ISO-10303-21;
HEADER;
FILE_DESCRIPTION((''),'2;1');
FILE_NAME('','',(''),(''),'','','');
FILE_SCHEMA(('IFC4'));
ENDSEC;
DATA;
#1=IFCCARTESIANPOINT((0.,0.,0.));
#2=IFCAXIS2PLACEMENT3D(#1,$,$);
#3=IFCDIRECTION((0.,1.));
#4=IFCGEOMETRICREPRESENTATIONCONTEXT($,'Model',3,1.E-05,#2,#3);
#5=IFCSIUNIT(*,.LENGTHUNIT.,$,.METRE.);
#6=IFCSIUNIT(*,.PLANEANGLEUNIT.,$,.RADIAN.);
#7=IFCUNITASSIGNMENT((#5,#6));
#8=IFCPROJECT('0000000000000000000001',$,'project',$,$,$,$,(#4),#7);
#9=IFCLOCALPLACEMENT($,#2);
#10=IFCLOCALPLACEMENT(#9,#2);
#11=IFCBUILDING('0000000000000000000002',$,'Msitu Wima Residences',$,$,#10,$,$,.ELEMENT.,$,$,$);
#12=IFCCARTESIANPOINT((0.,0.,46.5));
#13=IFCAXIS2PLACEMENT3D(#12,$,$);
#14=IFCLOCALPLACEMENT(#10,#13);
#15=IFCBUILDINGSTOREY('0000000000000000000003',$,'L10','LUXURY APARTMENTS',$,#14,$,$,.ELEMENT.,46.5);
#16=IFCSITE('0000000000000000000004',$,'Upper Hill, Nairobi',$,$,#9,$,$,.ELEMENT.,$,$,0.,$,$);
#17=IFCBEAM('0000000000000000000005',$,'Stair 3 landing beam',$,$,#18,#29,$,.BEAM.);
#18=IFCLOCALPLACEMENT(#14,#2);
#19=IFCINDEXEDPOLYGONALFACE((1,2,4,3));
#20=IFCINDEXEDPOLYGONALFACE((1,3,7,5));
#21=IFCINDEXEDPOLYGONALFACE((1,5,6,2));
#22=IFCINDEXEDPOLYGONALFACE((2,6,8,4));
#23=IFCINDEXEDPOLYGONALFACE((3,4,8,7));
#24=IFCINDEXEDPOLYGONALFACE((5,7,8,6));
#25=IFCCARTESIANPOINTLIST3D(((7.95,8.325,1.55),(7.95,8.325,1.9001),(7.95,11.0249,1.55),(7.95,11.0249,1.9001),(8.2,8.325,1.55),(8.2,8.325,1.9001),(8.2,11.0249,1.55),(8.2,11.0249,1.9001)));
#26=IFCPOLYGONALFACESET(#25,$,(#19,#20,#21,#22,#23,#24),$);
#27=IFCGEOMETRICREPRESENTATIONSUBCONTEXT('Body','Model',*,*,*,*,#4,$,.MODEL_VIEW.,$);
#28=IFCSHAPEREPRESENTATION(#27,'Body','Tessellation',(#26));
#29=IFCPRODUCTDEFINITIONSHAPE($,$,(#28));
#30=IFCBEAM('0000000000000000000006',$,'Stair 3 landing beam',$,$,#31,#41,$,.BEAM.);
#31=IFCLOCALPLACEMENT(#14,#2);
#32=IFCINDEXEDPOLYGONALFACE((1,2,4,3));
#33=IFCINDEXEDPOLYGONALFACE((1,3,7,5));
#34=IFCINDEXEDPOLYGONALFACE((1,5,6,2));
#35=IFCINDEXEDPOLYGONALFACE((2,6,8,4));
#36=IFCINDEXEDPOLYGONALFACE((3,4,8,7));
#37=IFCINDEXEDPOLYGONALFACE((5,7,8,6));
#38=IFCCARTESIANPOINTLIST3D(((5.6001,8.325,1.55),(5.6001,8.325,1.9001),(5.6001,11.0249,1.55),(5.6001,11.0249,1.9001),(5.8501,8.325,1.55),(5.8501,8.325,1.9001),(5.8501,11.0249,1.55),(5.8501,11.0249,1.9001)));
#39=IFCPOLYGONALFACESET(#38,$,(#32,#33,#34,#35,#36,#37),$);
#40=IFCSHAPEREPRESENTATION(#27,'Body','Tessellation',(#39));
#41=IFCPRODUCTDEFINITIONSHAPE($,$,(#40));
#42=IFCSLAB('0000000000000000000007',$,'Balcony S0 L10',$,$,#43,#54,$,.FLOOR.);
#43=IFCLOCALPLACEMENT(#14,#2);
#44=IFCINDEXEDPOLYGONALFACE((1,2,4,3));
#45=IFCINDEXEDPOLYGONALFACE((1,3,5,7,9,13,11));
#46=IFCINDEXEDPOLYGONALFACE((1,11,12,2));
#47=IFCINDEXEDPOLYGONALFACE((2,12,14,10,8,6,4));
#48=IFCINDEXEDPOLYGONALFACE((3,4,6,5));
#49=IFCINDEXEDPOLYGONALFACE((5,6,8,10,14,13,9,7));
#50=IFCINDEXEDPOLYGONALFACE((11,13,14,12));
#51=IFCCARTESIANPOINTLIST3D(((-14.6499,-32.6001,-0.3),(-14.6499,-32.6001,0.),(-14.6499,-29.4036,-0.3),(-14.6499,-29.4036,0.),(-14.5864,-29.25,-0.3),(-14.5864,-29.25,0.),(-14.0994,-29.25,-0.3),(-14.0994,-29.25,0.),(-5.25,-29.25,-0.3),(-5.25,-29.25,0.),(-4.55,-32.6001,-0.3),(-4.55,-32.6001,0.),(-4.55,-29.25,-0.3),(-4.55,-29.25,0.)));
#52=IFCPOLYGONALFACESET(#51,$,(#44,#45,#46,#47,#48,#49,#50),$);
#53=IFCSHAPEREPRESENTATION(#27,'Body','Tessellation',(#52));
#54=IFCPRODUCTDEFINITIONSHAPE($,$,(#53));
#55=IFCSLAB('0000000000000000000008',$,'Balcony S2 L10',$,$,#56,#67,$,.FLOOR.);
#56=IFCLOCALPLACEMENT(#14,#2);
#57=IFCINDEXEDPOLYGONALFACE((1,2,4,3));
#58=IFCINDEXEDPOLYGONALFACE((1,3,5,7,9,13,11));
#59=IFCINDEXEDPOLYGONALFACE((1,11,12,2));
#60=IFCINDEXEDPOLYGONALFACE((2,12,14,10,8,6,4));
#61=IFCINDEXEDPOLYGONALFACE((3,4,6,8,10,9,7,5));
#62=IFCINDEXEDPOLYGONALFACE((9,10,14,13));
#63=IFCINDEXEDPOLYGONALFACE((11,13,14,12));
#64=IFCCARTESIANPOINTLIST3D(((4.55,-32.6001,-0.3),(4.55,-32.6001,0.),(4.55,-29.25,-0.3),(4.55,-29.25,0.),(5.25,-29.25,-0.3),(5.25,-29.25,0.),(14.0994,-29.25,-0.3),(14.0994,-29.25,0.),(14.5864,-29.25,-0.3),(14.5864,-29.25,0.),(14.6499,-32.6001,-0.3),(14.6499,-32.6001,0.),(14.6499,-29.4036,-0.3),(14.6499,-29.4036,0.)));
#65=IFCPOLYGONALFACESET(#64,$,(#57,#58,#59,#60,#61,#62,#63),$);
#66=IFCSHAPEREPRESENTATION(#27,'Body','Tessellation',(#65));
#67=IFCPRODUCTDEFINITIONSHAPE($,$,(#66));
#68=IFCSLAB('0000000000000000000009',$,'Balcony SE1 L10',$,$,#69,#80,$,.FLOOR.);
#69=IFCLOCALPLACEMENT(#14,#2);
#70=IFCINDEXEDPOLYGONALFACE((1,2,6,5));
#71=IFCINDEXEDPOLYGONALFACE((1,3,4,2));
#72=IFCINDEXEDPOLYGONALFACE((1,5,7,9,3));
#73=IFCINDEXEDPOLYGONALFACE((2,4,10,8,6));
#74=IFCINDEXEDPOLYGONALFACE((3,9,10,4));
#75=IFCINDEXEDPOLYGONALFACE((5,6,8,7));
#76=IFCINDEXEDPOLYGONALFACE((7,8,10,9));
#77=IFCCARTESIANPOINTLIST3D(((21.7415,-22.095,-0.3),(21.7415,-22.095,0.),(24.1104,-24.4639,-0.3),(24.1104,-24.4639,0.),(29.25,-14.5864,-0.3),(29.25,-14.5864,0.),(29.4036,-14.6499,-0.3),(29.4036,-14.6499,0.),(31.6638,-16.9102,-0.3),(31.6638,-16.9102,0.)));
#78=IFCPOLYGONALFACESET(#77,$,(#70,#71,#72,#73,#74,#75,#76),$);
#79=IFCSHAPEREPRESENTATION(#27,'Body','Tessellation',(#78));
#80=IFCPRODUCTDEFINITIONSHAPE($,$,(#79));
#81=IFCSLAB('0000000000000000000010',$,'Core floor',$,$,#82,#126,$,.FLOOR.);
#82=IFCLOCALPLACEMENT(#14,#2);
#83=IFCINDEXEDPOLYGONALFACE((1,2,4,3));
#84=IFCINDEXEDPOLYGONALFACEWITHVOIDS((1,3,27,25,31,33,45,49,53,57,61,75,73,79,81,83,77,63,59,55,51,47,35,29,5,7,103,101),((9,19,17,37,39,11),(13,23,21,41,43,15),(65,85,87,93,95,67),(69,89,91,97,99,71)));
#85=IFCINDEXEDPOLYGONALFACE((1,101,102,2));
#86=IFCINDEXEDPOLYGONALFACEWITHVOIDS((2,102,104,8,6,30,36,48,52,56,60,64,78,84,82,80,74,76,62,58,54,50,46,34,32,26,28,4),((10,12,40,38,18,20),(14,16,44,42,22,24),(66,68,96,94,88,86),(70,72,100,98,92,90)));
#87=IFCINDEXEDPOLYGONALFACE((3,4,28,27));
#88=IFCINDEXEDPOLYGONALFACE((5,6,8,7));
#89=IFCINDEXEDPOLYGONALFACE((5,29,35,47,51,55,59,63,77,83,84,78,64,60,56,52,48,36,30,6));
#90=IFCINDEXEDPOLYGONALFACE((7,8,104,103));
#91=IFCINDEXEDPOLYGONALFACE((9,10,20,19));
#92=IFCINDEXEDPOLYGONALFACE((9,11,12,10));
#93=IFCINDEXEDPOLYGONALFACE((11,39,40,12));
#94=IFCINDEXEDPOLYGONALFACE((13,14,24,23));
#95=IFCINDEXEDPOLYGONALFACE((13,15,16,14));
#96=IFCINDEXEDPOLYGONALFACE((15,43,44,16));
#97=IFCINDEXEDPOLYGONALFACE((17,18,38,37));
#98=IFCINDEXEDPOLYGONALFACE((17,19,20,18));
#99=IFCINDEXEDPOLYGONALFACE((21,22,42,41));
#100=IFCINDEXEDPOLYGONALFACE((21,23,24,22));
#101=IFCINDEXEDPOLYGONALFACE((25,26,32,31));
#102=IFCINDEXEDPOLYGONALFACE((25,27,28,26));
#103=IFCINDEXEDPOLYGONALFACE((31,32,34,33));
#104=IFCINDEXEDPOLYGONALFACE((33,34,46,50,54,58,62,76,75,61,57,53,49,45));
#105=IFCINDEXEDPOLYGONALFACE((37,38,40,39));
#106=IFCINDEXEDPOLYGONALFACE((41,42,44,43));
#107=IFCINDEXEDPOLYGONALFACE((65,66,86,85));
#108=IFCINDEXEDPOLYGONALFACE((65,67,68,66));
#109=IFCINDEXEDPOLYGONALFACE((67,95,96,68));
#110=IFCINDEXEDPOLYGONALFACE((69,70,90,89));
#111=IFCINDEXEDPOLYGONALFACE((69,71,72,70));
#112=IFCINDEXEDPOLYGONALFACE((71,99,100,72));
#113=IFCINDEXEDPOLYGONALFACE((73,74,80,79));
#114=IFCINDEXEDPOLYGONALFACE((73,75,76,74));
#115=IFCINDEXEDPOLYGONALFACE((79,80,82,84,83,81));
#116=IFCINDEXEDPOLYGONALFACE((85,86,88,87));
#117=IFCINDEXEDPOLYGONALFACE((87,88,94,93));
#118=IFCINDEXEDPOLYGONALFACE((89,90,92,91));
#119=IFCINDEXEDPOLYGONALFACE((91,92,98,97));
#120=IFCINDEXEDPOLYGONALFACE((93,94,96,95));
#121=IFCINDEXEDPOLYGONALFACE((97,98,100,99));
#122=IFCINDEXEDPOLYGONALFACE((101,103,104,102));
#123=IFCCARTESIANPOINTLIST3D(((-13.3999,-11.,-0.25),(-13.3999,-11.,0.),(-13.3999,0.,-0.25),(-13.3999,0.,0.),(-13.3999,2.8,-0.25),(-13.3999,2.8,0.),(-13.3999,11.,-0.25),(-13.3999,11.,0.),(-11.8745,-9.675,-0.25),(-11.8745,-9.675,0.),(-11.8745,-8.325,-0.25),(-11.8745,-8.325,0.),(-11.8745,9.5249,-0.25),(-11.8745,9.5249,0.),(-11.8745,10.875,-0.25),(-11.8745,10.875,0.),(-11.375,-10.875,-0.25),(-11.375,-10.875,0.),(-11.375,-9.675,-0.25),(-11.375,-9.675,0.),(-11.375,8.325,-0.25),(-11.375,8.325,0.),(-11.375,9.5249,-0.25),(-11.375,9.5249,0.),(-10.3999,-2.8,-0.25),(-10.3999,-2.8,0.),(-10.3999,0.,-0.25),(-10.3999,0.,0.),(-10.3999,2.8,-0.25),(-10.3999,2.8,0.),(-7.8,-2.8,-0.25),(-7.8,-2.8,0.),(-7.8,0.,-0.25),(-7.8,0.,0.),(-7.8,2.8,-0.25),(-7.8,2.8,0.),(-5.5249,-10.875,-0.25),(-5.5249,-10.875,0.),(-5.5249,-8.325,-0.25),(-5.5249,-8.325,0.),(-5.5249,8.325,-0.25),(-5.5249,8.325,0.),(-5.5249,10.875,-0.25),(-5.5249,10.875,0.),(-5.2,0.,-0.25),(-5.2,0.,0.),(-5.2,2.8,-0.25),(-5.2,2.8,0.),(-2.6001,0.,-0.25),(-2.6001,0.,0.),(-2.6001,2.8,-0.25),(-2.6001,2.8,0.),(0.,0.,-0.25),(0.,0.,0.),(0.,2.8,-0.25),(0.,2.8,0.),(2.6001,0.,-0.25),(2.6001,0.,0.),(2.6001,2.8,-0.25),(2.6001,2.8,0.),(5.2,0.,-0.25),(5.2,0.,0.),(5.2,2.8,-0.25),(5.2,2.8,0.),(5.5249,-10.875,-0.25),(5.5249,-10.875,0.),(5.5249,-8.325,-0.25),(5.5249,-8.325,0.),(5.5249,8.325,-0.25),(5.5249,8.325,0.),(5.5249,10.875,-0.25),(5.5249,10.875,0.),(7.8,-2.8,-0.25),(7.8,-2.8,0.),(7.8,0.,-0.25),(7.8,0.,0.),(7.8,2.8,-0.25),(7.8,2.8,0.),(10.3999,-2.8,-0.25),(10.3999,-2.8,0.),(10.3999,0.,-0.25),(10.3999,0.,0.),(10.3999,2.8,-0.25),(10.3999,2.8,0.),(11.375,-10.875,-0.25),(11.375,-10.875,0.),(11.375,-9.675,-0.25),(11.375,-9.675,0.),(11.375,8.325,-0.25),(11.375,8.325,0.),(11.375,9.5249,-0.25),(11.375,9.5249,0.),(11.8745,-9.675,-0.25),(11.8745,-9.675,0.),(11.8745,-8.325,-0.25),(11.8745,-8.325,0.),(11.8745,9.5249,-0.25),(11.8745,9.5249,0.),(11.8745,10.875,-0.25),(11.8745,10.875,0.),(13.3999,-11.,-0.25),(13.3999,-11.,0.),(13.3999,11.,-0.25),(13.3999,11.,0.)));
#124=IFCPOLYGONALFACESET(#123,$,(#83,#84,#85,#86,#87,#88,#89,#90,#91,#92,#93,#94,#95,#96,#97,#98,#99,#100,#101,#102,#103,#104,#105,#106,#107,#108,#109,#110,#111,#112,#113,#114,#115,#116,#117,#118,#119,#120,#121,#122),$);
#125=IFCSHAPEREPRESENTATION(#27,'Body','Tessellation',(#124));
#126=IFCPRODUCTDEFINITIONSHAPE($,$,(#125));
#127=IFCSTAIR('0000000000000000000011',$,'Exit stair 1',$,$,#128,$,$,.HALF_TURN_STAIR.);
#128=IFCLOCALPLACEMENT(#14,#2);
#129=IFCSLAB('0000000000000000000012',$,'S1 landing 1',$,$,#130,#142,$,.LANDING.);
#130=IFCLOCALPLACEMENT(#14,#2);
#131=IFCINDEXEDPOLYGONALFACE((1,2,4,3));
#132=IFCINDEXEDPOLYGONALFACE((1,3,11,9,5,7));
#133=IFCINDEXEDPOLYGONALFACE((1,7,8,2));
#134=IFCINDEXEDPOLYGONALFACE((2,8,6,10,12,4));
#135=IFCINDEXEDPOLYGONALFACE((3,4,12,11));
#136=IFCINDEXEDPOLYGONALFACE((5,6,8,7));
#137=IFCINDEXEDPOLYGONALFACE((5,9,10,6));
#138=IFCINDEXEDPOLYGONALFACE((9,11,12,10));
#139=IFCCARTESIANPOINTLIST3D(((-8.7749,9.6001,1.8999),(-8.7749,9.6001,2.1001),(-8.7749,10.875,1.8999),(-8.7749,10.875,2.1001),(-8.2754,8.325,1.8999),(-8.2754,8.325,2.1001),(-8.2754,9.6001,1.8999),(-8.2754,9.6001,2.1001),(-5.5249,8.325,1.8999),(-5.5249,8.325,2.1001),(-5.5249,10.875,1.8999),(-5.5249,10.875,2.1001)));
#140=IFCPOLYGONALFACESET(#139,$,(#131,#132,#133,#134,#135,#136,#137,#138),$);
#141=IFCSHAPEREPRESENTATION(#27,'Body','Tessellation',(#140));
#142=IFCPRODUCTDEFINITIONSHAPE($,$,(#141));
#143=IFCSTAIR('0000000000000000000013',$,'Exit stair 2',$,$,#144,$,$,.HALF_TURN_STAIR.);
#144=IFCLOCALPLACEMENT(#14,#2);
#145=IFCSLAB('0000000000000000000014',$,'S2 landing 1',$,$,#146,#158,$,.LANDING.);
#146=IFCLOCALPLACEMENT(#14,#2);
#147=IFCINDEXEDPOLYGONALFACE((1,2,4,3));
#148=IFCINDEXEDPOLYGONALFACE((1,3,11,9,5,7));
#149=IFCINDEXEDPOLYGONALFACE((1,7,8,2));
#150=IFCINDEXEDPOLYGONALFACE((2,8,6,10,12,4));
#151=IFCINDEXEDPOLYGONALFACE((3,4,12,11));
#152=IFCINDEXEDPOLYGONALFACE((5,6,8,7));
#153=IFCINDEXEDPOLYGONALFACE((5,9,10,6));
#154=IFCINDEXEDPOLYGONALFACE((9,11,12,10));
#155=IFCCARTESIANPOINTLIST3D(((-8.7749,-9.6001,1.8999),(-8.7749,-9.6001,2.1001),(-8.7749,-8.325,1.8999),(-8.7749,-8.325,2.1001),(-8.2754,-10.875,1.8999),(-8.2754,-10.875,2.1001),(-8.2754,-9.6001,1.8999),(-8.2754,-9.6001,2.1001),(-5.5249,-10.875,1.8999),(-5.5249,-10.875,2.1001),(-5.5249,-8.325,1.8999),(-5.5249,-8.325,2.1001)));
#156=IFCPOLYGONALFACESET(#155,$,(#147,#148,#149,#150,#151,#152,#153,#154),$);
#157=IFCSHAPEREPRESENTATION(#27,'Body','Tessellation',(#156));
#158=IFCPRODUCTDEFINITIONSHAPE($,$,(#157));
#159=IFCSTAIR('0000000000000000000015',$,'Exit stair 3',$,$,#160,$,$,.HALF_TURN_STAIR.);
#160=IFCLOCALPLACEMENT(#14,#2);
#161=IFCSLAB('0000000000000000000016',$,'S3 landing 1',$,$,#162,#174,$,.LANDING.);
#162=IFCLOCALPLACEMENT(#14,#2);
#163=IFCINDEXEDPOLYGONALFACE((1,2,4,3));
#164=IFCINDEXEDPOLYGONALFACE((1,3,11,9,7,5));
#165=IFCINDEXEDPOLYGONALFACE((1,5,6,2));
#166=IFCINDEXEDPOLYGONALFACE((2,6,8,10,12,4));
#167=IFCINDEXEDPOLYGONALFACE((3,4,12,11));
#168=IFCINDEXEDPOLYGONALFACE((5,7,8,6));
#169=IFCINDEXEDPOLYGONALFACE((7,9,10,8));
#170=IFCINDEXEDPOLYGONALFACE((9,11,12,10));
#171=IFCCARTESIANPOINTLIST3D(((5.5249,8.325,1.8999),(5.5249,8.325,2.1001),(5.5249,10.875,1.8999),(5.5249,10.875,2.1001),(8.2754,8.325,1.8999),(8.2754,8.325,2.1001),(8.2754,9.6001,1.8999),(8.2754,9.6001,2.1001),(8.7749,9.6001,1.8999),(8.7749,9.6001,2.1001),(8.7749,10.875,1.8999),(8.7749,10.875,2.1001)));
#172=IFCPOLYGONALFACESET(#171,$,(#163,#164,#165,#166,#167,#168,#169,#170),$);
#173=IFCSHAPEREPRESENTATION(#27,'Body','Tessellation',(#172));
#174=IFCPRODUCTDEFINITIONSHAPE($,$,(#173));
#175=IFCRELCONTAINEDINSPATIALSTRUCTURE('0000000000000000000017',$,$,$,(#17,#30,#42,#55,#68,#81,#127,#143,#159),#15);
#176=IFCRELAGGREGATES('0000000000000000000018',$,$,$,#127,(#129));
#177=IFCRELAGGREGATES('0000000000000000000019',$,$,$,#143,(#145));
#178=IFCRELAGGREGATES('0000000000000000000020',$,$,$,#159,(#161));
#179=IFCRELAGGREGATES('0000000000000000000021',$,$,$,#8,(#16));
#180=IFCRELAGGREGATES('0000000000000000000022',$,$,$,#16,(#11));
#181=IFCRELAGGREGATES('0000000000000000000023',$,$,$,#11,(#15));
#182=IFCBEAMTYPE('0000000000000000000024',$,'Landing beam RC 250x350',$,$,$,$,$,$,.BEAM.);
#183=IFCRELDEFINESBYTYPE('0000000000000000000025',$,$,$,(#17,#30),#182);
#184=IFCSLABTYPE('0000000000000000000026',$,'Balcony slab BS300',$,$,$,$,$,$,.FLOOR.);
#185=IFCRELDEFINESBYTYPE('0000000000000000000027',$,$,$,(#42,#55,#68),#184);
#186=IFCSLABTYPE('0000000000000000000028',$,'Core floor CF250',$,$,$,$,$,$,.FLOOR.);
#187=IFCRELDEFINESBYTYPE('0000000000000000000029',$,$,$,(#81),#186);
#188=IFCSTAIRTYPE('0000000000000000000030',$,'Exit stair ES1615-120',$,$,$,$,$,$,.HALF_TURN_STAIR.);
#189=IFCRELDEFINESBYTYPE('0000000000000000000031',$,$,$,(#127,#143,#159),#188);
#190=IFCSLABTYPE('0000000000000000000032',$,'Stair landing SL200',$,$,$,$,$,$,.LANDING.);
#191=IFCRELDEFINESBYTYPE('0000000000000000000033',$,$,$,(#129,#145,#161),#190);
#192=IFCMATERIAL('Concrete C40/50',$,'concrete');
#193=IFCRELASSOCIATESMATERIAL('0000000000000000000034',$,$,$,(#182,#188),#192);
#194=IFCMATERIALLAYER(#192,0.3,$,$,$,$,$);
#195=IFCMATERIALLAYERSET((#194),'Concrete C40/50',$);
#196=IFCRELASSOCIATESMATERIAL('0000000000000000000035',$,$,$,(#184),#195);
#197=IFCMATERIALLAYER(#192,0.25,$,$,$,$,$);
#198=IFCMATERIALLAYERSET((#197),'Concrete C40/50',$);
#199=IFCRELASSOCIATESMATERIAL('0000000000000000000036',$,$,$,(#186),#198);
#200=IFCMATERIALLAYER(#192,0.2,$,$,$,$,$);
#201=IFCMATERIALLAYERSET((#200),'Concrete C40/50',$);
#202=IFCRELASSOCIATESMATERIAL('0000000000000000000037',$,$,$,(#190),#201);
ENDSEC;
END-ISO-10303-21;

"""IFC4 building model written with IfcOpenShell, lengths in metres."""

from ifc_helpers import new_model, si_unit, direction, frame, origin, origin_2d, place, context, subcontext, project, spatial, polyline, rectangle, outline, extrude, material, layer, layer_set, material_profile, profile_set, type_object, element, aggregate, save


model = new_model("IFC4")

# Units and contexts
model_context = context("Model", 3, precision=1e-05, world=origin(), true_north=direction((0.0, 1.0)))
body_context = subcontext(model_context, "Body", "Model", "MODEL_VIEW")
ifc_project = project(units=[si_unit("LENGTHUNIT", "METRE"), si_unit("PLANEANGLEUNIT", "RADIAN")], contexts=[model_context])

# Site, building, storey
site_placement = place(None, origin())
site = spatial("IfcSite", under=ifc_project, at=site_placement, Name="Upper Hill, Nairobi", CompositionType="ELEMENT", RefElevation=0.0)
building_placement = place(site_placement, origin())
building = spatial("IfcBuilding", under=site, at=building_placement, Name="Msitu Wima Residences", CompositionType="ELEMENT")
storey_placement = place(building_placement, frame((0.0, 0.0, 46.5)))
storey = spatial("IfcBuildingStorey", under=building, at=storey_placement, Name="L10", Description="LUXURY APARTMENTS", CompositionType="ELEMENT", Elevation=46.5)

# Beams
ifc_material_1 = material(Name="Concrete C40/50", Category="concrete")
ifc_material_profile = material_profile(ifc_material_1, rectangle(XDim=0.25, YDim=0.3501, at=origin_2d()), Name="RC 250x350")
ifc_profile_set = profile_set([ifc_material_profile], Name="Concrete C40/50")
beam_type = type_object("IfcBeamType", Name="Landing beam RC 250x350", PredefinedType="BEAM", material=ifc_profile_set)
for number, where, z_axis, x_axis, name in (
    (1, (8.075, 8.325, 1.7251), (0.0, 1.0, 0.0), (-1.0, 0.0, 0.0), "Stair 3 landing beam"),
    (2, (5.7251, 8.325, 1.7251), (0.0, 1.0, 0.0), (-1.0, 0.0, 0.0), "Stair 3 landing beam"),
):
    element("IfcBeam", number, at=place(storey_placement, frame(where, z_axis=z_axis, x_axis=x_axis)), inside=storey, type_object=beam_type, Name=name, PredefinedType="BEAM", context=body_context, shape_type="SweptSolid", body=[
        extrude(rectangle(XDim=0.25, YDim=0.3501, at=origin_2d()), origin(), (0.0, 0.0, 1.0), 2.7),
    ])

# Slabs
ifc_layer_1 = layer(ifc_material_1, 0.3)
ifc_layer_set_1 = layer_set([ifc_layer_1], Name="Concrete C40/50")
slab_type_1 = type_object("IfcSlabType", Name="Balcony slab BS300", PredefinedType="FLOOR", material=ifc_layer_set_1)
slab_1_placement = place(storey_placement, frame((0.0, 0.0, -0.3)))
element("IfcSlab", 3, at=slab_1_placement, inside=storey, type_object=slab_type_1, Name="Balcony S0 L10", PredefinedType="FLOOR", context=body_context, shape_type="SweptSolid", body=[
    extrude(outline(polyline([(-14.0994, -29.25), (-14.0994, -29.25), (-5.25, -29.25), (-4.55, -29.25), (-4.55, -32.6001), (-14.6499, -32.6001), (-14.6499, -29.4036), (-14.5864, -29.25), (-14.0994, -29.25), (-14.0994, -29.25)])), origin(), (0.0, 0.0, 1.0), 0.3),
])
slab_2_placement = place(storey_placement, frame((0.0, 0.0, -0.3)))
element("IfcSlab", 4, at=slab_2_placement, inside=storey, type_object=slab_type_1, Name="Balcony S2 L10", PredefinedType="FLOOR", context=body_context, shape_type="SweptSolid", body=[
    extrude(outline(polyline([(14.0994, -29.25), (14.0994, -29.25), (14.0994, -29.25), (14.5864, -29.25), (14.6499, -29.4036), (14.6499, -32.6001), (4.55, -32.6001), (4.55, -29.25), (5.25, -29.25), (14.0994, -29.25)])), origin(), (0.0, 0.0, 1.0), 0.3),
])
slab_3_placement = place(storey_placement, frame((0.0, 0.0, -0.3)))
element("IfcSlab", 5, at=slab_3_placement, inside=storey, type_object=slab_type_1, Name="Balcony SE1 L10", PredefinedType="FLOOR", context=body_context, shape_type="SweptSolid", body=[
    extrude(outline(polyline([(31.6638, -16.9102), (24.1104, -24.4639), (21.7415, -22.095), (29.25, -14.5864), (29.4036, -14.6499), (31.6638, -16.9102)])), origin(), (0.0, 0.0, 1.0), 0.3),
])
ifc_layer_2 = layer(ifc_material_1, 0.25)
ifc_layer_set_2 = layer_set([ifc_layer_2], Name="Concrete C40/50")
slab_type_2 = type_object("IfcSlabType", Name="Core floor CF250", PredefinedType="FLOOR", material=ifc_layer_set_2)
slab_4_placement = place(storey_placement, frame((0.0, 0.0, -0.25)))
element("IfcSlab", 6, at=slab_4_placement, inside=storey, type_object=slab_type_2, Name="Core floor", PredefinedType="FLOOR", context=body_context, shape_type="SweptSolid", body=[
    extrude(outline(polyline([(-13.3999, 11.0), (-13.3999, 2.8), (-10.3999, 2.8), (-7.8, 2.8), (-5.2, 2.8), (-2.6001, 2.8), (0.0, 2.8), (2.6001, 2.8), (5.2, 2.8), (7.8, 2.8), (10.3999, 2.8), (10.3999, 0.0), (10.3999, -2.8), (7.8, -2.8), (7.8, 0.0), (5.2, 0.0), (2.6001, 0.0), (0.0, 0.0), (-2.6001, 0.0), (-5.2, 0.0), (-7.8, 0.0), (-7.8, -2.8), (-10.3999, -2.8), (-10.3999, 0.0), (-13.3999, 0.0), (-13.3999, -11.0), (13.3999, -11.0), (13.3999, 11.0), (-13.3999, 11.0)]), holes=[polyline([(-11.375, -10.875), (-11.375, -9.675), (-11.8745, -9.675), (-11.8745, -8.325), (-5.5249, -8.325), (-5.5249, -10.875), (-11.375, -10.875)]), polyline([(-11.375, 9.5249), (-11.8745, 9.5249), (-11.8745, 10.875), (-5.5249, 10.875), (-5.5249, 8.325), (-11.375, 8.325), (-11.375, 9.5249)]), polyline([(11.375, -9.675), (11.375, -10.875), (5.5249, -10.875), (5.5249, -8.325), (11.8745, -8.325), (11.8745, -9.675), (11.375, -9.675)]), polyline([(11.375, 9.5249), (11.375, 8.325), (5.5249, 8.325), (5.5249, 10.875), (11.8745, 10.875), (11.8745, 9.5249), (11.375, 9.5249)])]), origin(), (0.0, 0.0, 1.0), 0.25),
])

# Stairs, slabs
stair_type = type_object("IfcStairType", Name="Exit stair ES1615-120", PredefinedType="HALF_TURN_STAIR", material=ifc_material_1)
stair_1_placement = place(storey_placement, origin())
stair_1 = element("IfcStair", 7, at=stair_1_placement, inside=storey, type_object=stair_type, Name="Exit stair 1", PredefinedType="HALF_TURN_STAIR")
ifc_layer_3 = layer(ifc_material_1, 0.2)
ifc_layer_set_3 = layer_set([ifc_layer_3], Name="Concrete C40/50")
slab_type_3 = type_object("IfcSlabType", Name="Stair landing SL200", PredefinedType="LANDING", material=ifc_layer_set_3)
slab_5_placement = place(storey_placement, frame((0.0, 0.0, 1.8999)))
slab_5 = element("IfcSlab", 8, at=slab_5_placement, type_object=slab_type_3, Name="S1 landing 1", PredefinedType="LANDING", context=body_context, shape_type="SweptSolid", body=[
    extrude(outline(polyline([(-5.5249, 8.325), (-8.2754, 8.325), (-8.2754, 9.6001), (-8.7749, 9.6001), (-8.7749, 10.875), (-5.5249, 10.875), (-5.5249, 8.325)])), origin(), (0.0, 0.0, 1.0), 0.2002),
])
aggregate(stair_1, [slab_5])
stair_2_placement = place(storey_placement, origin())
stair_2 = element("IfcStair", 9, at=stair_2_placement, inside=storey, type_object=stair_type, Name="Exit stair 2", PredefinedType="HALF_TURN_STAIR")
slab_6_placement = place(storey_placement, frame((0.0, 0.0, 1.8999)))
slab_6 = element("IfcSlab", 10, at=slab_6_placement, type_object=slab_type_3, Name="S2 landing 1", PredefinedType="LANDING", context=body_context, shape_type="SweptSolid", body=[
    extrude(outline(polyline([(-5.5249, -10.875), (-8.2754, -10.875), (-8.2754, -9.6001), (-8.7749, -9.6001), (-8.7749, -8.325), (-5.5249, -8.325), (-5.5249, -10.875)])), origin(), (0.0, 0.0, 1.0), 0.2002),
])
aggregate(stair_2, [slab_6])
stair_3_placement = place(storey_placement, origin())
stair_3 = element("IfcStair", 11, at=stair_3_placement, inside=storey, type_object=stair_type, Name="Exit stair 3", PredefinedType="HALF_TURN_STAIR")
slab_7_placement = place(storey_placement, frame((0.0, 0.0, 1.8999)))
slab_7 = element("IfcSlab", 12, at=slab_7_placement, type_object=slab_type_3, Name="S3 landing 1", PredefinedType="LANDING", context=body_context, shape_type="SweptSolid", body=[
    extrude(outline(polyline([(5.5249, 8.325), (8.2754, 8.325), (8.2754, 9.6001), (8.7749, 9.6001), (8.7749, 10.875), (5.5249, 10.875), (5.5249, 8.325)])), origin(), (0.0, 0.0, 1.0), 0.2002),
])

aggregate(stair_3, [slab_7])

save(model, "model.ifc")
